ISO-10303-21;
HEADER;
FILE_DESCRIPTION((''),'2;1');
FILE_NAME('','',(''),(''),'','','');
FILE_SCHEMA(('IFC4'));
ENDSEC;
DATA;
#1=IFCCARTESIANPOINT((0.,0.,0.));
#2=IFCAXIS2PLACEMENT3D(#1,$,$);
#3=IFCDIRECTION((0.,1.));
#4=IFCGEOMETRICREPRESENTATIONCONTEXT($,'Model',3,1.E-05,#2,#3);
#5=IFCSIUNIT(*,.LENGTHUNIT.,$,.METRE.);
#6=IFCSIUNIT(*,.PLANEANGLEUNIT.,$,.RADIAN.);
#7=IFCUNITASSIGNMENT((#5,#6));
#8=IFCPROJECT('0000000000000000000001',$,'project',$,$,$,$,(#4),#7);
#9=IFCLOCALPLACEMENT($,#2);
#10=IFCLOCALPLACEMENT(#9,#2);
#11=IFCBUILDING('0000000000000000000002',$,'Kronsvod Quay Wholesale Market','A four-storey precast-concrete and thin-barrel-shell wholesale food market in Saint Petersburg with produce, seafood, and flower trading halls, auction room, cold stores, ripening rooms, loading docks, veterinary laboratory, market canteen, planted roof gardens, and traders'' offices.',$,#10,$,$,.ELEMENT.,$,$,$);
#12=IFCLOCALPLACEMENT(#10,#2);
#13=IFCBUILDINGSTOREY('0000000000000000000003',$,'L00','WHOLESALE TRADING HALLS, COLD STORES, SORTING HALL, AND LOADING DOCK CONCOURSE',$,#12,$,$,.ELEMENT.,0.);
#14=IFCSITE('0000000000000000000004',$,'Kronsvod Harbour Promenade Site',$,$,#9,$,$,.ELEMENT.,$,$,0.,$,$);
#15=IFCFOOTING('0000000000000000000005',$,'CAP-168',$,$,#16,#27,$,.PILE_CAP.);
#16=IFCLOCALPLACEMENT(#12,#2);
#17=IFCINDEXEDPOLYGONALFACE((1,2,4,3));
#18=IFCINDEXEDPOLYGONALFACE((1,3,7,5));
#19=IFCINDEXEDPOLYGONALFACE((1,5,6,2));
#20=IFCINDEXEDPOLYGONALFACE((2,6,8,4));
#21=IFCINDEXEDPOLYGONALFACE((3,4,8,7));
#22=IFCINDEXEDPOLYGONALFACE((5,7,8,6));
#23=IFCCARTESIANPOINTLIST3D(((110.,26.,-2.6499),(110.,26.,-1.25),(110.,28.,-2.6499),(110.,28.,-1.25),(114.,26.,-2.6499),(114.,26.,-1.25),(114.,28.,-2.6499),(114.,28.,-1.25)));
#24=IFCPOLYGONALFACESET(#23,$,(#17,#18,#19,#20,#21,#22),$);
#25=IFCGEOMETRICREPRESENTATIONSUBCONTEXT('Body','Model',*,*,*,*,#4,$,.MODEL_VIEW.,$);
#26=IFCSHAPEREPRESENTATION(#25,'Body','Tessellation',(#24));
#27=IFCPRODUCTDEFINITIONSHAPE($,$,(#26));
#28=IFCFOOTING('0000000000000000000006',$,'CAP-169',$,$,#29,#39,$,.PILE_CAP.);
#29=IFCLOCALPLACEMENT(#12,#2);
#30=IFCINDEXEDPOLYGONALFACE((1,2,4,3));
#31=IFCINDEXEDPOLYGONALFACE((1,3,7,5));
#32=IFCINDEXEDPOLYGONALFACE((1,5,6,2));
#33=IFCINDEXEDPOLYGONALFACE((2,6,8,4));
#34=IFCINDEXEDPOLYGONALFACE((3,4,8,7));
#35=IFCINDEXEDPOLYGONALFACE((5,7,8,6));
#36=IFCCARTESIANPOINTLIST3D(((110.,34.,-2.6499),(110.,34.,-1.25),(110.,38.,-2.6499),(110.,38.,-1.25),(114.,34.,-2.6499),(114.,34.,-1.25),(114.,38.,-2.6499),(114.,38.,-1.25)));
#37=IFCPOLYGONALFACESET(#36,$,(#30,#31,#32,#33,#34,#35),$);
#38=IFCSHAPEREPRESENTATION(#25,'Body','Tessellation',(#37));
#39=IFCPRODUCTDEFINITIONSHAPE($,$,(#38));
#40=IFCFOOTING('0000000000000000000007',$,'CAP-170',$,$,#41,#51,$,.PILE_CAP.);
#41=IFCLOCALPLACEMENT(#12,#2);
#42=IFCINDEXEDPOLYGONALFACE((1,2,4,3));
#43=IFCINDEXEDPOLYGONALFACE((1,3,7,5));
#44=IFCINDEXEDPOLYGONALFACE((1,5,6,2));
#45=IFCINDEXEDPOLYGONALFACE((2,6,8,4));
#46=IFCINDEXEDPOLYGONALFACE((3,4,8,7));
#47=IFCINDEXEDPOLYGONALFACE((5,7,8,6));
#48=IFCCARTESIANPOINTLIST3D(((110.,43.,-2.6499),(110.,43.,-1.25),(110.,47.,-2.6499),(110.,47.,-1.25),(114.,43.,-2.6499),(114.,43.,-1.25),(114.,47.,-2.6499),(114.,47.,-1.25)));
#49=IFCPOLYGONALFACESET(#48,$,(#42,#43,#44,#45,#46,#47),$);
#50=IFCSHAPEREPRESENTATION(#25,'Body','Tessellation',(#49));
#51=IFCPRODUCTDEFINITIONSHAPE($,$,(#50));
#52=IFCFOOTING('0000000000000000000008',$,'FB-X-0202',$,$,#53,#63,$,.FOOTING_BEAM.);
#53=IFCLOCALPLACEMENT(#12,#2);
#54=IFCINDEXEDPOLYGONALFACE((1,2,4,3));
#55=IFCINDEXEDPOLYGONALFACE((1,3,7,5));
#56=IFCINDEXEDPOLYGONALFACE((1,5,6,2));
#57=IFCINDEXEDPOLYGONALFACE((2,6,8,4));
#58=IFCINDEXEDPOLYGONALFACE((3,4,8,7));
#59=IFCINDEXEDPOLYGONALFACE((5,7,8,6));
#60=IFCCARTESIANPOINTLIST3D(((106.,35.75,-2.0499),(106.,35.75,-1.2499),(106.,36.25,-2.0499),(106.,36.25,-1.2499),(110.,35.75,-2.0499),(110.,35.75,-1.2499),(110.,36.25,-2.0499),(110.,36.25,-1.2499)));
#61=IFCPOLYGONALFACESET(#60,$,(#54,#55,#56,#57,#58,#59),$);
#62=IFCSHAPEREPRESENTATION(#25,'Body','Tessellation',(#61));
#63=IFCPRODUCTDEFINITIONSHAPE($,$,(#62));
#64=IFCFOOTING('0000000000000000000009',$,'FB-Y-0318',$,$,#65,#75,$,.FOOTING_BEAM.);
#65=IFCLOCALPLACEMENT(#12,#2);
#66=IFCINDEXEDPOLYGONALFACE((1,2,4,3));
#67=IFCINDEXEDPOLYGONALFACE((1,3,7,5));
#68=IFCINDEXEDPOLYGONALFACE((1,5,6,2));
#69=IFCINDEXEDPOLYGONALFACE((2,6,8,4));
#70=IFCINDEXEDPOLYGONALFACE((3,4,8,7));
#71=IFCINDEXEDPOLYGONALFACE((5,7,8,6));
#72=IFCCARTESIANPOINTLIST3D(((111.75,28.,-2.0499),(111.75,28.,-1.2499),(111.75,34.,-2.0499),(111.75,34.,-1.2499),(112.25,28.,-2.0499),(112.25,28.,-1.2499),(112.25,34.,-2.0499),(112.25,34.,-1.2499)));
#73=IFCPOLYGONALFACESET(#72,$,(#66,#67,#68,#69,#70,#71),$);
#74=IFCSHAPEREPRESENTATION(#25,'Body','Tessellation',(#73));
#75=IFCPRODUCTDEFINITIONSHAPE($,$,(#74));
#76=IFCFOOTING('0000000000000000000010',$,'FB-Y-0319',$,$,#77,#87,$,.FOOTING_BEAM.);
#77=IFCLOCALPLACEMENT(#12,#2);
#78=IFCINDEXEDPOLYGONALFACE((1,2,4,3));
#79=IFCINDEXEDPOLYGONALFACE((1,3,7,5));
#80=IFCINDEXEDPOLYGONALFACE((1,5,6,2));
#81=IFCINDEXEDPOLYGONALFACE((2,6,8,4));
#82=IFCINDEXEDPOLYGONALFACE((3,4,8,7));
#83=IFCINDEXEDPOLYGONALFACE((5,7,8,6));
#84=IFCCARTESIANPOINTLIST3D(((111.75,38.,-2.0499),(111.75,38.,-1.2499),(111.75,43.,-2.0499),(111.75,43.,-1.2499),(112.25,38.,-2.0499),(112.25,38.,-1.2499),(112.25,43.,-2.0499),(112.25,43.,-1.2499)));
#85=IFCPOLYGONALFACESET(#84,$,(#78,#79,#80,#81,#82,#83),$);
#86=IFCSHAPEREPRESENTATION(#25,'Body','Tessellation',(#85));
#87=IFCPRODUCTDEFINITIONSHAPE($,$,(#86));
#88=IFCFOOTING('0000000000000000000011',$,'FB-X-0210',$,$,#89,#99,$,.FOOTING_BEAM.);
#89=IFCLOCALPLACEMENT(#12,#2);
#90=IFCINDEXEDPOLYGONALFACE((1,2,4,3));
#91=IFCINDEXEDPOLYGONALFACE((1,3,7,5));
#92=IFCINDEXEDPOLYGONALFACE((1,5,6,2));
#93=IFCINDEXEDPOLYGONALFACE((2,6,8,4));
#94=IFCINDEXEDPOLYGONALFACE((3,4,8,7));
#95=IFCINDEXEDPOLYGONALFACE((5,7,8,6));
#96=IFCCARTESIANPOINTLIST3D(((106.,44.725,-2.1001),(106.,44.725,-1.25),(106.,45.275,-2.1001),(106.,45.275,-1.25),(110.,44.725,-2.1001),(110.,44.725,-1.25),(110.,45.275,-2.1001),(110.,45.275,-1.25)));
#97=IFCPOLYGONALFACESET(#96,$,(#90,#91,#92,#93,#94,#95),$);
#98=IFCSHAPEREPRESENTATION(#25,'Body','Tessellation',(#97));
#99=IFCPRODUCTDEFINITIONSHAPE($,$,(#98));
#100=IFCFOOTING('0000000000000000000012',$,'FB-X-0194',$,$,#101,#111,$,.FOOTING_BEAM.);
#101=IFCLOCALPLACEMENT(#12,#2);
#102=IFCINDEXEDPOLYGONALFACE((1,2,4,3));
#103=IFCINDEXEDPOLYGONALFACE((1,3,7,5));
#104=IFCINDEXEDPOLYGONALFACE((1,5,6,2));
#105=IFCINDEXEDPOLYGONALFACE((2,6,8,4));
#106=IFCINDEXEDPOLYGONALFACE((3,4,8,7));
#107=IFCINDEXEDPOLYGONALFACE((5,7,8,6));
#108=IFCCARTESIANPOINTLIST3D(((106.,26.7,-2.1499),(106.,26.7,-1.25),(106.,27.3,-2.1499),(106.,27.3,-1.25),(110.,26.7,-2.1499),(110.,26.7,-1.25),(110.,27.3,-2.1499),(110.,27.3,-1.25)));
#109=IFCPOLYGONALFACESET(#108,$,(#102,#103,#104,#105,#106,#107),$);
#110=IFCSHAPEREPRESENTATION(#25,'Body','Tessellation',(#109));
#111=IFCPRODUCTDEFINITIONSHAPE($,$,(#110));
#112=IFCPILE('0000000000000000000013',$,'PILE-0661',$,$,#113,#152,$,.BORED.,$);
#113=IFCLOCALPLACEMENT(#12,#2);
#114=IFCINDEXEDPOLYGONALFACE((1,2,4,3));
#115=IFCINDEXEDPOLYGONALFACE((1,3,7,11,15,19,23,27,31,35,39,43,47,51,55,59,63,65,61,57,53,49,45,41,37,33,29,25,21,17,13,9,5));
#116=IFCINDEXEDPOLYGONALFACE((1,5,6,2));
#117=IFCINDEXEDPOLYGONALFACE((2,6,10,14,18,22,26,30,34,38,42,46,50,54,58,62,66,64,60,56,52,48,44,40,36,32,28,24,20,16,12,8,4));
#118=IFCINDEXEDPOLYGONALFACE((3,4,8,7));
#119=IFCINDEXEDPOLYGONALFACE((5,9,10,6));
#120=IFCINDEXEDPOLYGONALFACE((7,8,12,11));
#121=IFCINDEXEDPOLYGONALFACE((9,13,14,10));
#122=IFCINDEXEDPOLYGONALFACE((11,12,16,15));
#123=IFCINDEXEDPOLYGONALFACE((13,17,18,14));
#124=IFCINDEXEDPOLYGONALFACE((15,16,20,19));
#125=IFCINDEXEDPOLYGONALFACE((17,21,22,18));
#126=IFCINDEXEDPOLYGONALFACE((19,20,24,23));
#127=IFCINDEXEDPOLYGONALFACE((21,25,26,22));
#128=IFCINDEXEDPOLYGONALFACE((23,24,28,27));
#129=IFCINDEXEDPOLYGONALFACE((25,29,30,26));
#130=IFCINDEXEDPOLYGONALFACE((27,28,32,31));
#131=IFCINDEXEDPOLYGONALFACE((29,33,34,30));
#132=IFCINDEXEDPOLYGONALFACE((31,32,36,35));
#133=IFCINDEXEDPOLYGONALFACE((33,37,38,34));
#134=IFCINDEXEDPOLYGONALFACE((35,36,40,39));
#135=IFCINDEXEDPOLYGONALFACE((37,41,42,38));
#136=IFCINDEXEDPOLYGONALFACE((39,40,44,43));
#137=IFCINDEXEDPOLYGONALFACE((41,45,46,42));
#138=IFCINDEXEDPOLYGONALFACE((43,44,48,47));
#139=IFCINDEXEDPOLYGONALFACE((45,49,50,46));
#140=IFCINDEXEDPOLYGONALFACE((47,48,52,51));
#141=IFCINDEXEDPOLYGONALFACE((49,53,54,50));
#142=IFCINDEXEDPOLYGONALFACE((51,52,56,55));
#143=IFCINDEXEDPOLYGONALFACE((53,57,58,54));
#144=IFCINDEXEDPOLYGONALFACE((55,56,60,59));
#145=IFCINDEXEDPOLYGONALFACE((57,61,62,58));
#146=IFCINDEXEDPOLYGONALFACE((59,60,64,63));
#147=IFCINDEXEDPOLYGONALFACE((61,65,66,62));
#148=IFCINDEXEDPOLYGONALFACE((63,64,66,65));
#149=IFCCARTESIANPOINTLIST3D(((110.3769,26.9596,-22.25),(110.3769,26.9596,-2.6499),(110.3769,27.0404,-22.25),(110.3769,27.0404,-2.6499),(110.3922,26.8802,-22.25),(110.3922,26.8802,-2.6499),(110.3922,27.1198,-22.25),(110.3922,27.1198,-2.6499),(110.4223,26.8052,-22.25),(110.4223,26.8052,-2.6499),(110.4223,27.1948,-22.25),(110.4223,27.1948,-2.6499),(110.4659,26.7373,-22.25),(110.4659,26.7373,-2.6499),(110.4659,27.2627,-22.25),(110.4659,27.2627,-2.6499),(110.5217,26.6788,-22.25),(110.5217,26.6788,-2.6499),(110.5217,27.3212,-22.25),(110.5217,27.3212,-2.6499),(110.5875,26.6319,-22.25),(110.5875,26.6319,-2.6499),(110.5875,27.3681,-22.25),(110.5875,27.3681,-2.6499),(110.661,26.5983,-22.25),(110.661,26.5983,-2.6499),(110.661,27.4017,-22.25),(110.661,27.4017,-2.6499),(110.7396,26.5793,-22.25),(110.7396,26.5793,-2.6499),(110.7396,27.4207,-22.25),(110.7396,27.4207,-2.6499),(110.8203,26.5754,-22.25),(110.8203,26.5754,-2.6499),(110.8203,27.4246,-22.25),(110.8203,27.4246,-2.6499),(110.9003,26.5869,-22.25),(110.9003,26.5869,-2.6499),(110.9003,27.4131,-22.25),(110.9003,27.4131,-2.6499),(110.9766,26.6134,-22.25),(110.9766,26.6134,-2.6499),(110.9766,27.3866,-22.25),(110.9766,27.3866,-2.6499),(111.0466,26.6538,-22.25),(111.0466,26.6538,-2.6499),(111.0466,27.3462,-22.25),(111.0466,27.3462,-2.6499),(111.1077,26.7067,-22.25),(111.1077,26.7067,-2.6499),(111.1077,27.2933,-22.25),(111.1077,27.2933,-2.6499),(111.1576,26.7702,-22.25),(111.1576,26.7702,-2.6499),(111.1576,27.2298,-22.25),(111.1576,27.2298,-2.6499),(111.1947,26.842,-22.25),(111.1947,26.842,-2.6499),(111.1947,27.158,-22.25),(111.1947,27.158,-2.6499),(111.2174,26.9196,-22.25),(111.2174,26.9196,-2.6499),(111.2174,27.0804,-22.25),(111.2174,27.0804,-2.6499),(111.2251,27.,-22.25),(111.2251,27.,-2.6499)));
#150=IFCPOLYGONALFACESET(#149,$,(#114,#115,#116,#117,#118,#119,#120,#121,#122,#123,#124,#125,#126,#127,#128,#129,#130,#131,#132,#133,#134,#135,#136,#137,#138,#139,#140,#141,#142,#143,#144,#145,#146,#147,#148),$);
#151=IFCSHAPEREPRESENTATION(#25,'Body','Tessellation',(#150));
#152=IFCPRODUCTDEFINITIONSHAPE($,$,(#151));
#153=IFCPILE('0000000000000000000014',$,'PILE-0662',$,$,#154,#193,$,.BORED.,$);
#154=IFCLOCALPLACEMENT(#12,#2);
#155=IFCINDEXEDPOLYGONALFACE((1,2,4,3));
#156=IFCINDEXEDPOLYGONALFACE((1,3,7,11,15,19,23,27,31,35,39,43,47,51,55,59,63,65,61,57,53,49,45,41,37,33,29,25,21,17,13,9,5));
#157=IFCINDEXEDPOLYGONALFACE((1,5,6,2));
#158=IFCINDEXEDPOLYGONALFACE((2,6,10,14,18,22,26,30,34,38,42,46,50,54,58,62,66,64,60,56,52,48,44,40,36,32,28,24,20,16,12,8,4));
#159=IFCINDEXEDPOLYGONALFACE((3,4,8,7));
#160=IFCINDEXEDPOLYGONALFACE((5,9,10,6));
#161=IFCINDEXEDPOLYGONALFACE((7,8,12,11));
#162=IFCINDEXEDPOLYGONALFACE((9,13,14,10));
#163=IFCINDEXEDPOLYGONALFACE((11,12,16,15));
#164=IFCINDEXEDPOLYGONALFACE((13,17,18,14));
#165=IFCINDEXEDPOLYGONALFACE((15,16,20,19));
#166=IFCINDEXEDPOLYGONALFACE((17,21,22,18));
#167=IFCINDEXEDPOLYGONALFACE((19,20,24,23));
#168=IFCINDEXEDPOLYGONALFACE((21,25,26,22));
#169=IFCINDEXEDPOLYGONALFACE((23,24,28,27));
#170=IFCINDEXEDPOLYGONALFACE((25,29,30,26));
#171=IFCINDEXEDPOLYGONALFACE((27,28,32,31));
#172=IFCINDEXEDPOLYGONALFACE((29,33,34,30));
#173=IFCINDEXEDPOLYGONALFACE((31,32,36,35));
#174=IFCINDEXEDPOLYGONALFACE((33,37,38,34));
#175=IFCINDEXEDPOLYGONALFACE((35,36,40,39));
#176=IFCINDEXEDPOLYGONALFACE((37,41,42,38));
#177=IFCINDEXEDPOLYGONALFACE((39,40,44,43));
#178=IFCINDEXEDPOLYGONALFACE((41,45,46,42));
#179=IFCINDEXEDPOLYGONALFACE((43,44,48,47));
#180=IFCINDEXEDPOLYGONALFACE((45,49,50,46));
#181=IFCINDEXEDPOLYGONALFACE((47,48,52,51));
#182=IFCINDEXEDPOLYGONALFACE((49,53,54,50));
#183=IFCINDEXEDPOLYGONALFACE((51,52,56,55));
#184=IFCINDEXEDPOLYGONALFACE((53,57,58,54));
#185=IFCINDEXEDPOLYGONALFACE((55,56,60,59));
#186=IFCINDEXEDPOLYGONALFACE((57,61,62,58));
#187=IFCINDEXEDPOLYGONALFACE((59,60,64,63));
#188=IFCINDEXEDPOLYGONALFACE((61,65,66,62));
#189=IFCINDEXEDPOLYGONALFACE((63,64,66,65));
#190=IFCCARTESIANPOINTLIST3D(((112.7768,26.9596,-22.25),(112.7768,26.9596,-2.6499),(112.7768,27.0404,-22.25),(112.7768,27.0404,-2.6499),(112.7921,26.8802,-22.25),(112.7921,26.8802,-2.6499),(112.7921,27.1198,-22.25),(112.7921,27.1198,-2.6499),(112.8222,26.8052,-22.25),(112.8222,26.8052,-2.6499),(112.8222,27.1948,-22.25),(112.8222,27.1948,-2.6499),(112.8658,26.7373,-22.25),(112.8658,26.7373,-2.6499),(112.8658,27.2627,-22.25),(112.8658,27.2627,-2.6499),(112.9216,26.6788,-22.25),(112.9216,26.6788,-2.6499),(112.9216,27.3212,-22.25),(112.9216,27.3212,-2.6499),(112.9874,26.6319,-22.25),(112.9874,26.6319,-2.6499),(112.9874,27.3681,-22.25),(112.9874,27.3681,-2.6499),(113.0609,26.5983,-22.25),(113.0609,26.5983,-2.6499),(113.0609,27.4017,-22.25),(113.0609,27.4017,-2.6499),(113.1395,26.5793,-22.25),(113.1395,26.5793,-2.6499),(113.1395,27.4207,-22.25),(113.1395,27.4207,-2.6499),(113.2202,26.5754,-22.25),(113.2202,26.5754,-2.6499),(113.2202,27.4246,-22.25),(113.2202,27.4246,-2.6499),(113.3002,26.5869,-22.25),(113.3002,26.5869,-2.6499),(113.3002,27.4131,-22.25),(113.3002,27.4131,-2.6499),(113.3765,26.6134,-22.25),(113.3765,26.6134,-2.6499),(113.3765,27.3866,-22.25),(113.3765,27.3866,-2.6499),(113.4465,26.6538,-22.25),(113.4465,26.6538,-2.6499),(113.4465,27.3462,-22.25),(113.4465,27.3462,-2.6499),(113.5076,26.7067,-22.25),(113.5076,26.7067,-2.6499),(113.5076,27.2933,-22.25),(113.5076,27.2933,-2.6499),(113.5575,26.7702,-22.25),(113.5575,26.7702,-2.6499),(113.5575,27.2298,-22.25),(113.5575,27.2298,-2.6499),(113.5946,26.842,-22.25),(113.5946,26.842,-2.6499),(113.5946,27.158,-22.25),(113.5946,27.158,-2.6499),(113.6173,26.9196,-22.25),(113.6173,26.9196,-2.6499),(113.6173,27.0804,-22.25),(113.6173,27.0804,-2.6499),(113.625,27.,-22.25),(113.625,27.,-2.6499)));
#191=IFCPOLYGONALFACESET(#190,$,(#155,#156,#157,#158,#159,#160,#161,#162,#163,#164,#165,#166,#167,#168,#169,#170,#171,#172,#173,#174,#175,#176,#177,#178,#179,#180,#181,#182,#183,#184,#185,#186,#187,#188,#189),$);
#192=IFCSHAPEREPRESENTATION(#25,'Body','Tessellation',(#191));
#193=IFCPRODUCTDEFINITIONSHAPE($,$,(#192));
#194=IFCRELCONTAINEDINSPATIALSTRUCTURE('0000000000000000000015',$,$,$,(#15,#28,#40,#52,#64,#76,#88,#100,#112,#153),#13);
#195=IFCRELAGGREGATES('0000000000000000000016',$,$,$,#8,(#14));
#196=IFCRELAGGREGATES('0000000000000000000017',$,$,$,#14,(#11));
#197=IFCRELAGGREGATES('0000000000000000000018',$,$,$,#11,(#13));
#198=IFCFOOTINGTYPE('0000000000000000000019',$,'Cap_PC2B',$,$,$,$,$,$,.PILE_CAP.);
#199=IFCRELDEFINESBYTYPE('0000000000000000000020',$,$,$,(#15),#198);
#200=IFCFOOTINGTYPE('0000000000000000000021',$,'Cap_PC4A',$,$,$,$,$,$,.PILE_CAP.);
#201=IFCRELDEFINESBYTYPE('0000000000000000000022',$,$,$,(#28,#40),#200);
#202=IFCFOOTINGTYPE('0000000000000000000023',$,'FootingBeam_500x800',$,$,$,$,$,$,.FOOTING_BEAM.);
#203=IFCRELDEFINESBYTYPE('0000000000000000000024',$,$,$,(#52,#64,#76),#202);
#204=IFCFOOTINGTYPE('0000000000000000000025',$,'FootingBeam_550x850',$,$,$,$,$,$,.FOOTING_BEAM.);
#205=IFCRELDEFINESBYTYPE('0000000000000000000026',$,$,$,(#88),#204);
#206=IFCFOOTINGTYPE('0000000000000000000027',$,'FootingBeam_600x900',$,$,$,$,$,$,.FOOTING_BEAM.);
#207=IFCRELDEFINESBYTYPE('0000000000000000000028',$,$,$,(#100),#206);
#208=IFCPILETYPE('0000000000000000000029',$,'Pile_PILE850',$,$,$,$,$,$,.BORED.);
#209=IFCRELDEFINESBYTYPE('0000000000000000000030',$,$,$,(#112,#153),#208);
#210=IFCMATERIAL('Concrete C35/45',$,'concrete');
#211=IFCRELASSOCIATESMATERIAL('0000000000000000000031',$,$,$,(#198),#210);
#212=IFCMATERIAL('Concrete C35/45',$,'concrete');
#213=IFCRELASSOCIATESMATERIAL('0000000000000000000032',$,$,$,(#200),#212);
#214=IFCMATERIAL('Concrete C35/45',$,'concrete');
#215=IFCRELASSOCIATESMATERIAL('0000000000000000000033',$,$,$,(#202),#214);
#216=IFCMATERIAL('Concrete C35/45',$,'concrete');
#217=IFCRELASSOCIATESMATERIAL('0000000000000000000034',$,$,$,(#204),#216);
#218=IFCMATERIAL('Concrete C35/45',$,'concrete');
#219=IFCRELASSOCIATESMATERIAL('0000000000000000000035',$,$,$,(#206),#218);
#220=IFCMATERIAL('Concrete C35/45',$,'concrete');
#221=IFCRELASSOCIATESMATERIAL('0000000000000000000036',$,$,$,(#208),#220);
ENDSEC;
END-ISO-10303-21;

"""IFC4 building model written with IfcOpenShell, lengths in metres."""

from ifc_helpers import new_model, si_unit, direction, frame, origin, origin_2d, place, context, subcontext, project, spatial, rectangle, circle, extrude, material, material_profile, profile_set, type_object, element, save


model = new_model("IFC4")

# Units and contexts
model_context = context("Model", 3, precision=1e-05, world=origin(), true_north=direction((0.0, 1.0)))
body_context = subcontext(model_context, "Body", "Model", "MODEL_VIEW")
ifc_project = project(units=[si_unit("LENGTHUNIT", "METRE"), si_unit("PLANEANGLEUNIT", "RADIAN")], contexts=[model_context])

# Site, building, storey
site_placement = place(None, origin())
site = spatial("IfcSite", under=ifc_project, at=site_placement, Name="Kronsvod Harbour Promenade Site", CompositionType="ELEMENT", RefElevation=0.0)
building_placement = place(site_placement, origin())
building = spatial("IfcBuilding", under=site, at=building_placement, Name="Kronsvod Quay Wholesale Market", Description="A four-storey precast-concrete and thin-barrel-shell wholesale food market in Saint Petersburg with produce, seafood, and flower trading halls, auction room, cold stores, ripening rooms, loading docks, veterinary laboratory, market canteen, planted roof gardens, and traders' offices.", CompositionType="ELEMENT")
storey_placement = place(building_placement, origin())
storey = spatial("IfcBuildingStorey", under=building, at=storey_placement, Name="L00", Description="WHOLESALE TRADING HALLS, COLD STORES, SORTING HALL, AND LOADING DOCK CONCOURSE", CompositionType="ELEMENT", Elevation=0.0)

# Footings
ifc_material_1 = material(Name="Concrete C35/45", Category="concrete")
footing_type_1 = type_object("IfcFootingType", Name="Cap_PC2B", PredefinedType="PILE_CAP", material=ifc_material_1)
footing_1_placement = place(storey_placement, frame((112.0, 27.0, -2.6499), z_axis=(0.0, 0.0, 1.0), x_axis=(1.0, 0.0, 0.0)))
element("IfcFooting", 1, at=footing_1_placement, inside=storey, type_object=footing_type_1, Name="CAP-168", PredefinedType="PILE_CAP", context=body_context, shape_type="SweptSolid", body=[
    extrude(rectangle(XDim=4.0, YDim=2.0, at=origin_2d()), origin(), (0.0, 0.0, 1.0), 1.3999),
])
ifc_material_2 = material(Name="Concrete C35/45", Category="concrete")
footing_type_2 = type_object("IfcFootingType", Name="Cap_PC4A", PredefinedType="PILE_CAP", material=ifc_material_2)
for number, where, z_axis, x_axis, name in (
    (2, (112.0, 36.0, -2.6499), (0.0, 0.0, 1.0), (1.0, 0.0, 0.0), "CAP-169"),
    (3, (112.0, 45.0, -2.6499), (0.0, 0.0, 1.0), (1.0, 0.0, 0.0), "CAP-170"),
):
    element("IfcFooting", number, at=place(storey_placement, frame(where, z_axis=z_axis, x_axis=x_axis)), inside=storey, type_object=footing_type_2, Name=name, PredefinedType="PILE_CAP", context=body_context, shape_type="SweptSolid", body=[
        extrude(rectangle(XDim=4.0, YDim=4.0, at=origin_2d()), origin(), (0.0, 0.0, 1.0), 1.3999),
    ])
ifc_material_3 = material(Name="Concrete C35/45", Category="concrete")
ifc_material_profile_1 = material_profile(ifc_material_3, rectangle(XDim=0.5, YDim=0.8, at=origin_2d()), Name="FB-01")
ifc_profile_set_1 = profile_set([ifc_material_profile_1], Name="Concrete C35/45")
footing_type_3 = type_object("IfcFootingType", Name="FootingBeam_500x800", PredefinedType="FOOTING_BEAM", material=ifc_profile_set_1)
footing_2_placement = place(storey_placement, frame((106.0, 36.0, -1.6499), z_axis=(1.0, 0.0, 0.0), x_axis=(0.0, 1.0, 0.0)))
element("IfcFooting", 4, at=footing_2_placement, inside=storey, type_object=footing_type_3, Name="FB-X-0202", PredefinedType="FOOTING_BEAM", context=body_context, shape_type="SweptSolid", body=[
    extrude(rectangle(XDim=0.5, YDim=0.8, at=origin_2d()), origin(), (0.0, 0.0, 1.0), 4.0),
])
footing_3_placement = place(storey_placement, frame((112.0, 28.0, -1.6499), z_axis=(0.0, 1.0, 0.0), x_axis=(-1.0, 0.0, 0.0)))
element("IfcFooting", 5, at=footing_3_placement, inside=storey, type_object=footing_type_3, Name="FB-Y-0318", PredefinedType="FOOTING_BEAM", context=body_context, shape_type="SweptSolid", body=[
    extrude(rectangle(XDim=0.5, YDim=0.8, at=origin_2d()), origin(), (0.0, 0.0, 1.0), 6.0),
])
footing_4_placement = place(storey_placement, frame((112.0, 38.0, -1.6499), z_axis=(0.0, 1.0, 0.0), x_axis=(-1.0, 0.0, 0.0)))
element("IfcFooting", 6, at=footing_4_placement, inside=storey, type_object=footing_type_3, Name="FB-Y-0319", PredefinedType="FOOTING_BEAM", context=body_context, shape_type="SweptSolid", body=[
    extrude(rectangle(XDim=0.5, YDim=0.8, at=origin_2d()), origin(), (0.0, 0.0, 1.0), 5.0),
])
ifc_material_4 = material(Name="Concrete C35/45", Category="concrete")
ifc_material_profile_2 = material_profile(ifc_material_4, rectangle(XDim=0.55, YDim=0.8501, at=origin_2d()), Name="FB-03")
ifc_profile_set_2 = profile_set([ifc_material_profile_2], Name="Concrete C35/45")
footing_type_4 = type_object("IfcFootingType", Name="FootingBeam_550x850", PredefinedType="FOOTING_BEAM", material=ifc_profile_set_2)
footing_5_placement = place(storey_placement, frame((106.0, 45.0, -1.675), z_axis=(1.0, 0.0, 0.0), x_axis=(0.0, 1.0, 0.0)))
element("IfcFooting", 7, at=footing_5_placement, inside=storey, type_object=footing_type_4, Name="FB-X-0210", PredefinedType="FOOTING_BEAM", context=body_context, shape_type="SweptSolid", body=[
    extrude(rectangle(XDim=0.55, YDim=0.8501, at=origin_2d()), origin(), (0.0, 0.0, 1.0), 4.0),
])
ifc_material_5 = material(Name="Concrete C35/45", Category="concrete")
ifc_material_profile_3 = material_profile(ifc_material_5, rectangle(XDim=0.6001, YDim=0.8999, at=origin_2d()), Name="FB-02")
ifc_profile_set_3 = profile_set([ifc_material_profile_3], Name="Concrete C35/45")
footing_type_5 = type_object("IfcFootingType", Name="FootingBeam_600x900", PredefinedType="FOOTING_BEAM", material=ifc_profile_set_3)
footing_6_placement = place(storey_placement, frame((106.0, 27.0, -1.7), z_axis=(1.0, 0.0, 0.0), x_axis=(0.0, 1.0, 0.0)))
element("IfcFooting", 8, at=footing_6_placement, inside=storey, type_object=footing_type_5, Name="FB-X-0194", PredefinedType="FOOTING_BEAM", context=body_context, shape_type="SweptSolid", body=[
    extrude(rectangle(XDim=0.6001, YDim=0.8999, at=origin_2d()), origin(), (0.0, 0.0, 1.0), 4.0),
])

# Piles
ifc_material_6 = material(Name="Concrete C35/45", Category="concrete")
ifc_material_profile_4 = material_profile(ifc_material_6, circle(Radius=0.425, at=origin_2d()), Name="PILE850")
ifc_profile_set_4 = profile_set([ifc_material_profile_4], Name="Concrete C35/45")
pile_type_1 = type_object("IfcPileType", Name="Pile_PILE850", PredefinedType="BORED", material=ifc_profile_set_4)
for number, where, z_axis, x_axis, name in (
    (9, (110.8, 27.0, -2.6499), (0.0, 0.0, -1.0), (1.0, 0.0, 0.0), "PILE-0661"),
    (10, (113.2, 27.0, -2.6499), (0.0, 0.0, -1.0), (1.0, 0.0, 0.0), "PILE-0662"),
):
    element("IfcPile", number, at=place(storey_placement, frame(where, z_axis=z_axis, x_axis=x_axis)), inside=storey, type_object=pile_type_1, Name=name, PredefinedType="BORED", context=body_context, shape_type="SweptSolid", body=[
        extrude(circle(Radius=0.425, at=origin_2d()), origin(), (0.0, 0.0, 1.0), 19.6001),
    ])

save(model, "model.ifc")
